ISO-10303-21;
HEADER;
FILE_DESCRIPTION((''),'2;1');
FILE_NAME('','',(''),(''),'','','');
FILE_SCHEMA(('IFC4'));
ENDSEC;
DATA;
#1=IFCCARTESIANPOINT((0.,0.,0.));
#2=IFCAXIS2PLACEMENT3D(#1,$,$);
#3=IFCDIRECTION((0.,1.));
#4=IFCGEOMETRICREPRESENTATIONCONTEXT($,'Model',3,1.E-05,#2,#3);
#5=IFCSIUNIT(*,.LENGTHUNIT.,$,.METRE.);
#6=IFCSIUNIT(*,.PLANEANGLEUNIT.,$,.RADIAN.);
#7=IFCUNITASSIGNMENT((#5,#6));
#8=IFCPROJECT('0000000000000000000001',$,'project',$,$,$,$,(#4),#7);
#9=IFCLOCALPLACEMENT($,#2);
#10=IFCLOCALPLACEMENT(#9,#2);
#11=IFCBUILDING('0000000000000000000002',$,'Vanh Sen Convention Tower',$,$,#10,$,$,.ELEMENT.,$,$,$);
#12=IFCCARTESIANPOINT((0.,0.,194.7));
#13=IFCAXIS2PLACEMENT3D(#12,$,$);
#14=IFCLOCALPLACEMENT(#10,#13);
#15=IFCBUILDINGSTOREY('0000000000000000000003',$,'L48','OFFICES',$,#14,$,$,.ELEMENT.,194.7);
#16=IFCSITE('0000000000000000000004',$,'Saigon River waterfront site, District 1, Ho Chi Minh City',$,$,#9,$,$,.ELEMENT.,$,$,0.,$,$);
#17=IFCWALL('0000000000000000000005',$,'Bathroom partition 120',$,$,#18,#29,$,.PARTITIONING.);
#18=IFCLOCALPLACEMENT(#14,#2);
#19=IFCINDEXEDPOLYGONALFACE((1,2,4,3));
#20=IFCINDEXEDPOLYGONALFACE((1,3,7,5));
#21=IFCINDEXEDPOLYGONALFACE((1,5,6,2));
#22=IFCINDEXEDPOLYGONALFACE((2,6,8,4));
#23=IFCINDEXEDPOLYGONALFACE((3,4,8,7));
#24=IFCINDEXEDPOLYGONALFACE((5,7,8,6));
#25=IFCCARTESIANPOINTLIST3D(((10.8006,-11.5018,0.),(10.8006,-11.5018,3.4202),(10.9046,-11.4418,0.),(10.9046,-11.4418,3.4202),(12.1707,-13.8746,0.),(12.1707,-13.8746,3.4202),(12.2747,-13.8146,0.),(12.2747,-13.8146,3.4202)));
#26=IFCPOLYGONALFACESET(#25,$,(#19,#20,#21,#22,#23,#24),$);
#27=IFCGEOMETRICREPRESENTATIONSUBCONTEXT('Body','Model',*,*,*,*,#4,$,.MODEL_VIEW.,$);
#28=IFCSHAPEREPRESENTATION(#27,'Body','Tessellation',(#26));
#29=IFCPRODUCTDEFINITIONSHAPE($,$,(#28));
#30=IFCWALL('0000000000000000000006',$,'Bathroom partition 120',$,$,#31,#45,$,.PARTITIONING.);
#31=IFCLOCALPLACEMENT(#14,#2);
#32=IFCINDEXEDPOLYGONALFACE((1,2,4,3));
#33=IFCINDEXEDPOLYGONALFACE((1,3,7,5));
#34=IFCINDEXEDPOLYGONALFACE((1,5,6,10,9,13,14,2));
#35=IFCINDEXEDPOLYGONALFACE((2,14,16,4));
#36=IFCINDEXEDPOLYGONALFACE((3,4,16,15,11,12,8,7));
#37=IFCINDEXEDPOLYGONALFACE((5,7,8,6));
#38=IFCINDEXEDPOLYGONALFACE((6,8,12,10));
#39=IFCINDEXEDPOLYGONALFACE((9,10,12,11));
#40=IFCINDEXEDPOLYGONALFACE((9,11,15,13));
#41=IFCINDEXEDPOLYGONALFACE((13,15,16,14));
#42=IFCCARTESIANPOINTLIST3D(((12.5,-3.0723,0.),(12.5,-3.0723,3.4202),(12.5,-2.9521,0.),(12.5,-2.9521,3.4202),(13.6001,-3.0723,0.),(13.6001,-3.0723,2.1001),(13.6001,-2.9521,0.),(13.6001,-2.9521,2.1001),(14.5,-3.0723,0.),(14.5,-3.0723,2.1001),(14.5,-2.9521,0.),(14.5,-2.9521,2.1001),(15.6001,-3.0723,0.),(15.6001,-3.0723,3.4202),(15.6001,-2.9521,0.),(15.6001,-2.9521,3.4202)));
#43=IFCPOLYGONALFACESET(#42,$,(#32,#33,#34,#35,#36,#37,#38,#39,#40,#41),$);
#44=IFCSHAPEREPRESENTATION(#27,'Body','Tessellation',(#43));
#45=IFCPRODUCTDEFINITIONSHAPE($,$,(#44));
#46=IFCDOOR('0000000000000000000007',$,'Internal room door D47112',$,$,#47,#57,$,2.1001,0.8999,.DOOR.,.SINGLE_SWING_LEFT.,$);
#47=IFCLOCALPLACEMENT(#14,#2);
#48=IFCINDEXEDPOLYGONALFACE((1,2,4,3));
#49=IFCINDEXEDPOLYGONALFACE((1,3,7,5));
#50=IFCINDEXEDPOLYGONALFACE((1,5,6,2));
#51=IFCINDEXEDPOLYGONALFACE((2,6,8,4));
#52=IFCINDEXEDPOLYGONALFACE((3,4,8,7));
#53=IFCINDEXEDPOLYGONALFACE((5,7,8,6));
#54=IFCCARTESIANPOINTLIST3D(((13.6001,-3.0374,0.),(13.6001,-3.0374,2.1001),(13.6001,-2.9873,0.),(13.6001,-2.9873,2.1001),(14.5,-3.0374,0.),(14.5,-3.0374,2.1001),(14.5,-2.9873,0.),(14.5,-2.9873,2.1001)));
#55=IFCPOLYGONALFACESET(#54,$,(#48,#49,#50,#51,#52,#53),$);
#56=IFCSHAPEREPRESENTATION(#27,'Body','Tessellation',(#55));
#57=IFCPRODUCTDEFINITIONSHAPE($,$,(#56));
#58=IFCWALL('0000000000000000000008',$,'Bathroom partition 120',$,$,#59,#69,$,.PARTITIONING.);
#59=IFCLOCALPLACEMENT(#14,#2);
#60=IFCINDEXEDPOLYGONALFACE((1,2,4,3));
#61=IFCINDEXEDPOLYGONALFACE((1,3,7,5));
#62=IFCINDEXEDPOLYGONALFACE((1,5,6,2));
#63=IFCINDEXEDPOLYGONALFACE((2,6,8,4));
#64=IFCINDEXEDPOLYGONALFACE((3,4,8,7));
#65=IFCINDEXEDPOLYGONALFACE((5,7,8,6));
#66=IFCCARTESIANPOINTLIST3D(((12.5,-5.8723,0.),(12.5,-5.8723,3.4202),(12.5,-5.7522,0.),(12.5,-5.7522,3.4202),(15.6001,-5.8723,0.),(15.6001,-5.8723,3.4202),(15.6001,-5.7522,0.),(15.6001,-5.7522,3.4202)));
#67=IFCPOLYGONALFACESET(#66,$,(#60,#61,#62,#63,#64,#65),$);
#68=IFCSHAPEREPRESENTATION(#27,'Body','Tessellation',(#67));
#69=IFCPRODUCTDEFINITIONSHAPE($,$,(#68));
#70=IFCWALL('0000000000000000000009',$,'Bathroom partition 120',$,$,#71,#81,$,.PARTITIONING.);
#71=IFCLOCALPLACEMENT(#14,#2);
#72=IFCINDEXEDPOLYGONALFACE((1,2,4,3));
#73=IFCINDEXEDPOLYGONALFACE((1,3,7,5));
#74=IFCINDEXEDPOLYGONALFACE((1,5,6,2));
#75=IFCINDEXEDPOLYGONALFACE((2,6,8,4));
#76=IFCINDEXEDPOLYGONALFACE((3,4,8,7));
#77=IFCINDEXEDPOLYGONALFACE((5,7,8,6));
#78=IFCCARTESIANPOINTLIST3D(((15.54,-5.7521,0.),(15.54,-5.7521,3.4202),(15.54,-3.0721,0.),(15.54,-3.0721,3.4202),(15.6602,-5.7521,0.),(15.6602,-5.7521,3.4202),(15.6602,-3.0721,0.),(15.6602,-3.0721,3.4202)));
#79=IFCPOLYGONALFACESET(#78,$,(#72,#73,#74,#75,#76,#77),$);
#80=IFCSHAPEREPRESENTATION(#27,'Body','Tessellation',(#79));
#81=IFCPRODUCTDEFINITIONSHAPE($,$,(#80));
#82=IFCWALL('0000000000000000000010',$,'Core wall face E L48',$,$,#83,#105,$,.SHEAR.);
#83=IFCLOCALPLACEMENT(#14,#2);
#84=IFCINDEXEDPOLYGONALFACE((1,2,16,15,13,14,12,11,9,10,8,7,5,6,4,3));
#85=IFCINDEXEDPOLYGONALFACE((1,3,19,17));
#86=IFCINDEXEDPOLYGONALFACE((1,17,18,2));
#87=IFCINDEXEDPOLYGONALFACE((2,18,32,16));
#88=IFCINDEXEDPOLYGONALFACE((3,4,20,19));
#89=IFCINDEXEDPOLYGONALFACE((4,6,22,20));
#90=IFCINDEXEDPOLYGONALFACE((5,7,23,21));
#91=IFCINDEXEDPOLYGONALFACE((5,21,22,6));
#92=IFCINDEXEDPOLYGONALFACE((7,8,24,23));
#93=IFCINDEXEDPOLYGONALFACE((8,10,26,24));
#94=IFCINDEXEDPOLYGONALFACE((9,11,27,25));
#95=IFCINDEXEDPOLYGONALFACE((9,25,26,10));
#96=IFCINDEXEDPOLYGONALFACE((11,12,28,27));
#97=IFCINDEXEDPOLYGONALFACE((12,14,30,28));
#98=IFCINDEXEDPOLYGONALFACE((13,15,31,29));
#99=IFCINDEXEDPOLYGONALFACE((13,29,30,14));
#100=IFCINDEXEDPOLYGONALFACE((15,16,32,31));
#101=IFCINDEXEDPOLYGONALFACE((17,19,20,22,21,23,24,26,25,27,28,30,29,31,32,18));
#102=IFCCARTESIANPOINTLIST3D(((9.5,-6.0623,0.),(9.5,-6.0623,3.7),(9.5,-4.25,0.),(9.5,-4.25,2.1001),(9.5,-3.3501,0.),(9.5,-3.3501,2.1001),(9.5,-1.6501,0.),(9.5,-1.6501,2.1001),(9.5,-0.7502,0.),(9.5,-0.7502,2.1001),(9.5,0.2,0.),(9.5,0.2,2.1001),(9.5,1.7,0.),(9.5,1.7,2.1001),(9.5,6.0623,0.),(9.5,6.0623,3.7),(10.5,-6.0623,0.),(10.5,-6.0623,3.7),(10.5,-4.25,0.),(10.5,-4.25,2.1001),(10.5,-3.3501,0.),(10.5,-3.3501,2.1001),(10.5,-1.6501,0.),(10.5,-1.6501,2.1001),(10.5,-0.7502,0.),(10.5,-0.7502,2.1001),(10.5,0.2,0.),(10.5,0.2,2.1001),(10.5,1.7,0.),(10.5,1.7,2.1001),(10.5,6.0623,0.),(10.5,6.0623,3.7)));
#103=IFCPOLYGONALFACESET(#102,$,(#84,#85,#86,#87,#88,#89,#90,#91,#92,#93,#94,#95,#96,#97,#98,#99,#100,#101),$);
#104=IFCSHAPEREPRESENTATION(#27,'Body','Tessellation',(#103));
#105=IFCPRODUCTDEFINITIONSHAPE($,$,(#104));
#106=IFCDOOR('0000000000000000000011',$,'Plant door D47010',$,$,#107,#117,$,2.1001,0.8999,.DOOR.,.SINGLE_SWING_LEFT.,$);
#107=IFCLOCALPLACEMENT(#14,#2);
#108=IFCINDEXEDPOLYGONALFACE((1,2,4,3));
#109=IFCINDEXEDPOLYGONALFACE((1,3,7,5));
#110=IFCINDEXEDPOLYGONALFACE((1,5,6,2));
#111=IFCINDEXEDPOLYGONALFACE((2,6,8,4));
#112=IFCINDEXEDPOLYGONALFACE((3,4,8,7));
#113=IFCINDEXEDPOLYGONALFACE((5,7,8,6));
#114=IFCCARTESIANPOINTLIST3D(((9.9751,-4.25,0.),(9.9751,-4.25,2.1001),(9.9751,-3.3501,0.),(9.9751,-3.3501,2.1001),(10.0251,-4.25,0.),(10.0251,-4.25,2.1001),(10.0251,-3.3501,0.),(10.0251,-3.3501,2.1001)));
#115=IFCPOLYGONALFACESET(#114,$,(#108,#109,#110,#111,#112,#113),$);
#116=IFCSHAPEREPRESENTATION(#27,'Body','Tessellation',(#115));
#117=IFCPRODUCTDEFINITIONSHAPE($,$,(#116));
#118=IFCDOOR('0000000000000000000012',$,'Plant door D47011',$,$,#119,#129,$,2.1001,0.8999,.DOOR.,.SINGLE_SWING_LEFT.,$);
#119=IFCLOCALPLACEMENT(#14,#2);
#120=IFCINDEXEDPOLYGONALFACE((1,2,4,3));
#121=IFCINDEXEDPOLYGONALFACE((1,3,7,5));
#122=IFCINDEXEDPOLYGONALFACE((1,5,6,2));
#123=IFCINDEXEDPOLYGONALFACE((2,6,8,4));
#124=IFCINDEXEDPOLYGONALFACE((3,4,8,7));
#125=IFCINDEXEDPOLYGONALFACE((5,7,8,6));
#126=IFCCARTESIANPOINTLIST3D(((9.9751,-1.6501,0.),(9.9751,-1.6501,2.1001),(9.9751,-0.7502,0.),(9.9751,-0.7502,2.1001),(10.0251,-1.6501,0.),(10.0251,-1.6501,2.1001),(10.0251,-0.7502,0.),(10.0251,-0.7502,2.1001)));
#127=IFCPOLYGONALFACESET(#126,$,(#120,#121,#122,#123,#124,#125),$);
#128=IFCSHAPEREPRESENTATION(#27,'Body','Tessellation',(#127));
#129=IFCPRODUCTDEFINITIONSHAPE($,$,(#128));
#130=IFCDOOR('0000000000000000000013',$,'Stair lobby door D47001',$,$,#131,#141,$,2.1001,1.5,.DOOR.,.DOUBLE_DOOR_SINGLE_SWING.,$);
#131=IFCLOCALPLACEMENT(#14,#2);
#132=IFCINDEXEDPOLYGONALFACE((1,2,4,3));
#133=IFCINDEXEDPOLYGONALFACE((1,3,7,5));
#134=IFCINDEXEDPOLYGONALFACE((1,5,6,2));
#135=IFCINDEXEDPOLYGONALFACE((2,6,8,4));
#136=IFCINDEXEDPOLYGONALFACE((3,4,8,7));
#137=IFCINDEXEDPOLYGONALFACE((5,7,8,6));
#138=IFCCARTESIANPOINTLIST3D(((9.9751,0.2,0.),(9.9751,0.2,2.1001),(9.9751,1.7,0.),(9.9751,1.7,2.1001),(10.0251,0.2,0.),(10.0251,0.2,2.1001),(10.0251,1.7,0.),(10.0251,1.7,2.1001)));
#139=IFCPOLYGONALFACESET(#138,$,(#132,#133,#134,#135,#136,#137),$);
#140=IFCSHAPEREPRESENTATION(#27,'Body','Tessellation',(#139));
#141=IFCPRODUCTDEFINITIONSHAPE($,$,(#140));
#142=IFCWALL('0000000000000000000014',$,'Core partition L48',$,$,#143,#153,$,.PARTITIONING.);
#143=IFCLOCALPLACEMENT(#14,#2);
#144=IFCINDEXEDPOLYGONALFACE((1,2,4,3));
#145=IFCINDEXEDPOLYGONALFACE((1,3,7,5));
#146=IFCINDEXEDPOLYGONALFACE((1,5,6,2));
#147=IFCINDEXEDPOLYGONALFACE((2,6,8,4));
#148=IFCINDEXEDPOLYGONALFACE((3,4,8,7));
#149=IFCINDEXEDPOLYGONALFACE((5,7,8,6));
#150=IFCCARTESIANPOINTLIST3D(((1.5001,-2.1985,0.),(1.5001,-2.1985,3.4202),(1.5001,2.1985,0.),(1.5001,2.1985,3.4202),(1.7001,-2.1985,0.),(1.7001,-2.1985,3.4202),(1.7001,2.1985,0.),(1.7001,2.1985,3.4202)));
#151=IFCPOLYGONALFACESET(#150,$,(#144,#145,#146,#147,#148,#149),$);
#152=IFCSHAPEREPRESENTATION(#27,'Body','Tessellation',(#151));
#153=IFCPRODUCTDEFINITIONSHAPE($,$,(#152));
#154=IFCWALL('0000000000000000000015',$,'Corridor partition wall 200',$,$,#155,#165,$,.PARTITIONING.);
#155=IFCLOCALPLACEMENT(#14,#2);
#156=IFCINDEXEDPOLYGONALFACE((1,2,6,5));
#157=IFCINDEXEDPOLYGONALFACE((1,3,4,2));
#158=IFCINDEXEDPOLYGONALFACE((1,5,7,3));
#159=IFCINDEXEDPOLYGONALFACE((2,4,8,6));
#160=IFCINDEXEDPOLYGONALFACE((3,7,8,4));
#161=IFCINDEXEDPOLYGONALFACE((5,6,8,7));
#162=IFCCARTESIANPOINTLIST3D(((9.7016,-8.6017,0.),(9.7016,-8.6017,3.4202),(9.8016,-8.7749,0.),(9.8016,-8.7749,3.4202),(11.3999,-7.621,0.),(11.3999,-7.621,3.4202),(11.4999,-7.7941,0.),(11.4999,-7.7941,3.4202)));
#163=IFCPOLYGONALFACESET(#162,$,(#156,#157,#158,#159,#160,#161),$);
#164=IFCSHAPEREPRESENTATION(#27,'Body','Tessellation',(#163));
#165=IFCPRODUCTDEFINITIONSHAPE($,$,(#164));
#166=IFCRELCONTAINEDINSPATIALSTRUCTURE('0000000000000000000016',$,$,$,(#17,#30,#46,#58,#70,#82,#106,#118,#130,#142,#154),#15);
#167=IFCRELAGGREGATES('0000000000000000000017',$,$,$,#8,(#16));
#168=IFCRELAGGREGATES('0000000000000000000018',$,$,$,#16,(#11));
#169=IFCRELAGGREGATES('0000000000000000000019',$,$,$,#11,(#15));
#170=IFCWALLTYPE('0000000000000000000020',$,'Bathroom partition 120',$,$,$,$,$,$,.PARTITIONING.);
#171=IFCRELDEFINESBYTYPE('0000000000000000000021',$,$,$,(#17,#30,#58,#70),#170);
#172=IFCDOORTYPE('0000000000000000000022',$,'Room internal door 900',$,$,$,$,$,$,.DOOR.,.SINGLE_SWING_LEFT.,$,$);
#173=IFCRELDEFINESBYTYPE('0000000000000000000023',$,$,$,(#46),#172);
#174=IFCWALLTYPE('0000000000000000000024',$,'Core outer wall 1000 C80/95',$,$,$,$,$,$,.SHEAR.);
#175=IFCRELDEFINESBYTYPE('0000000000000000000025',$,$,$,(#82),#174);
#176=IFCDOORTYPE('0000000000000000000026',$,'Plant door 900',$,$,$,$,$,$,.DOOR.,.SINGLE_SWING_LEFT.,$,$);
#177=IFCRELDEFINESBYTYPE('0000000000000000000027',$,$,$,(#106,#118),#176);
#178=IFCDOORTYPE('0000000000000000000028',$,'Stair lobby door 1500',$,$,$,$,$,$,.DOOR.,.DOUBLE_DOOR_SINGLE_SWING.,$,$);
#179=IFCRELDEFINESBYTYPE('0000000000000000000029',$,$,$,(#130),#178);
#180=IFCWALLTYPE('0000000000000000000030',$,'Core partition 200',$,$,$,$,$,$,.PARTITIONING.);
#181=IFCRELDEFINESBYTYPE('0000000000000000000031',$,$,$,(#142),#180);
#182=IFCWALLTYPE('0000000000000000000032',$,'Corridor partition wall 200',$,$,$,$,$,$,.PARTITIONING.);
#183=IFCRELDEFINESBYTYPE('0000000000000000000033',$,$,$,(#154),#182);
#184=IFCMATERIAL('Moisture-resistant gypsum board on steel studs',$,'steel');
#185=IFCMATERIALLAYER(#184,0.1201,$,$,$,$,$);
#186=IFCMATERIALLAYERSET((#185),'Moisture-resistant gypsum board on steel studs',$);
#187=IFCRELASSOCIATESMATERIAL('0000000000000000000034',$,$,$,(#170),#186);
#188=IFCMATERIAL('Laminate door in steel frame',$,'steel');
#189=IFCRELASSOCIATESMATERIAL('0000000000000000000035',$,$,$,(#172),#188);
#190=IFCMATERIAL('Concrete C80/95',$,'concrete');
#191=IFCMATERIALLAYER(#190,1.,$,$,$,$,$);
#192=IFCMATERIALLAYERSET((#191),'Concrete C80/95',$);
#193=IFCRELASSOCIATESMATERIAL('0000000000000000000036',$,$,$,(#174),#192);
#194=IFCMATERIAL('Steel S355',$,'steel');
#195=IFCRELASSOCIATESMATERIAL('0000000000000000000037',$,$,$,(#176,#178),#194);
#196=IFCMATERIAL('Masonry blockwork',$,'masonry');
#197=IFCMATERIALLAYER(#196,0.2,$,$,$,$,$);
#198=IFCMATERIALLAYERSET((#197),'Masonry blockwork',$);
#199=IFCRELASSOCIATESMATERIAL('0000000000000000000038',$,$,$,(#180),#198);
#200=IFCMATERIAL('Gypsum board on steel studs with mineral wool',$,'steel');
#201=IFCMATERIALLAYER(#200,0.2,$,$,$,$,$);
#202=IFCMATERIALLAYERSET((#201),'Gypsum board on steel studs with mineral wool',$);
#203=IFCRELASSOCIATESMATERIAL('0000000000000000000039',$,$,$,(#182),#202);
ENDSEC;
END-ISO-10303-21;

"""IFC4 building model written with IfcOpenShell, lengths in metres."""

from ifc_helpers import new_model, si_unit, direction, frame, frame_2d, origin, place, context, subcontext, project, spatial, rectangle, extrude, material, layer, layer_set, type_object, element, fill, save


model = new_model("IFC4")

# Units and contexts
model_context = context("Model", 3, precision=1e-05, world=origin(), true_north=direction((0.0, 1.0)))
body_context = subcontext(model_context, "Body", "Model", "MODEL_VIEW")
ifc_project = project(units=[si_unit("LENGTHUNIT", "METRE"), si_unit("PLANEANGLEUNIT", "RADIAN")], contexts=[model_context])

# Site, building, storey
site_placement = place(None, origin())
site = spatial("IfcSite", under=ifc_project, at=site_placement, Name="Saigon River waterfront site, District 1, Ho Chi Minh City", CompositionType="ELEMENT", RefElevation=0.0)
building_placement = place(site_placement, origin())
building = spatial("IfcBuilding", under=site, at=building_placement, Name="Vanh Sen Convention Tower", CompositionType="ELEMENT")
storey_placement = place(building_placement, frame((0.0, 0.0, 194.7)))
storey = spatial("IfcBuildingStorey", under=building, at=storey_placement, Name="L48", Description="OFFICES", CompositionType="ELEMENT", Elevation=194.7)

# Wall
ifc_material_1 = material(Name="Moisture-resistant gypsum board on steel studs", Category="steel")
ifc_layer_1 = layer(ifc_material_1, 0.1201)
ifc_layer_set_1 = layer_set([ifc_layer_1], Name="Moisture-resistant gypsum board on steel studs")
wall_type_1 = type_object("IfcWallType", Name="Bathroom partition 120", PredefinedType="PARTITIONING", material=ifc_layer_set_1)
wall_1_placement = place(storey_placement, frame((10.8525, -11.4717, 0.0), z_axis=(0.0, 0.0, 1.0), x_axis=(0.500049, -0.865997, 0.0)))
element("IfcWall", 1, at=wall_1_placement, inside=storey, type_object=wall_type_1, Name="Bathroom partition 120", PredefinedType="PARTITIONING", context=body_context, shape_type="SweptSolid", body=[
    extrude(rectangle(XDim=2.74, YDim=0.1201, at=frame_2d((1.3701, 0.0))), origin(), (0.0, 0.0, 1.0), 3.4202),
])

# Wall, opening, door
wall_2_placement = place(storey_placement, frame((12.5, -3.0122, 0.0), z_axis=(0.0, 0.0, 1.0), x_axis=(1.0, 0.0, 0.0)))
wall_2 = element("IfcWall", 2, at=wall_2_placement, inside=storey, type_object=wall_type_1, Name="Bathroom partition 120", PredefinedType="PARTITIONING", context=body_context, shape_type="SweptSolid", body=[
    extrude(rectangle(XDim=3.1001, YDim=0.1201, at=frame_2d((1.55, 0.0))), origin(), (0.0, 0.0, 1.0), 3.4202),
])
opening_1_placement = place(wall_2_placement, frame((1.1001, 0.0, 0.0)))
opening_1 = element("IfcOpeningElement", 3, at=opening_1_placement, cuts=wall_2, PredefinedType="OPENING", context=body_context, shape_type="SweptSolid", body=[
    extrude(rectangle(XDim=0.8999, YDim=2.1001, at=frame_2d((0.45, 1.05))), frame((0.0, 0.0701, 0.0), z_axis=(0.0, -1.0, 0.0), x_axis=(1.0, 0.0, 0.0)), (0.0, 0.0, 1.0), 0.1401),
])
ifc_material_2 = material(Name="Laminate door in steel frame", Category="steel")
door_type_1 = type_object("IfcDoorType", Name="Room internal door 900", OperationType="SINGLE_SWING_LEFT", PredefinedType="DOOR", material=ifc_material_2)
door_1_placement = place(opening_1_placement, origin())
door_1 = element("IfcDoor", 4, at=door_1_placement, inside=storey, type_object=door_type_1, Name="Internal room door D47112", OperationType="SINGLE_SWING_LEFT", OverallHeight=2.1001, OverallWidth=0.8999, PredefinedType="DOOR", context=body_context, shape_type="SweptSolid", body=[
    extrude(rectangle(XDim=0.8999, YDim=2.1001, at=frame_2d((0.45, 1.05))), frame((0.0, 0.0249, 0.0), z_axis=(0.0, -1.0, 0.0), x_axis=(1.0, 0.0, 0.0)), (0.0, 0.0, 1.0), 0.05),
])
fill(opening_1, door_1)

# Walls
wall_3_placement = place(storey_placement, frame((15.6001, -5.8123, 0.0), z_axis=(0.0, 0.0, 1.0), x_axis=(-1.0, 0.0, 0.0)))
element("IfcWall", 5, at=wall_3_placement, inside=storey, type_object=wall_type_1, Name="Bathroom partition 120", PredefinedType="PARTITIONING", context=body_context, shape_type="SweptSolid", body=[
    extrude(rectangle(XDim=3.1001, YDim=0.1201, at=frame_2d((1.55, 0.0))), origin(), (0.0, 0.0, 1.0), 3.4202),
])
wall_4_placement = place(storey_placement, frame((15.6001, -3.0723, 0.0), z_axis=(0.0, 0.0, 1.0), x_axis=(0.0, -1.0, 0.0)))
element("IfcWall", 6, at=wall_4_placement, inside=storey, type_object=wall_type_1, Name="Bathroom partition 120", PredefinedType="PARTITIONING", context=body_context, shape_type="SweptSolid", body=[
    extrude(rectangle(XDim=2.6799, YDim=0.1201, at=frame_2d((1.3398, 0.0))), origin(), (0.0, 0.0, 1.0), 3.4202),
])

# Wall, openings, doors
ifc_material_3 = material(Name="Concrete C80/95", Category="concrete")
ifc_layer_2 = layer(ifc_material_3, 1.0)
ifc_layer_set_2 = layer_set([ifc_layer_2], Name="Concrete C80/95")
wall_type_2 = type_object("IfcWallType", Name="Core outer wall 1000 C80/95", PredefinedType="SHEAR", material=ifc_layer_set_2)
wall_5_placement = place(storey_placement, frame((10.0, -6.0623, 0.0), z_axis=(0.0, 0.0, 1.0), x_axis=(0.0, 1.0, 0.0)))
wall_5 = element("IfcWall", 7, at=wall_5_placement, inside=storey, type_object=wall_type_2, Name="Core wall face E L48", PredefinedType="SHEAR", context=body_context, shape_type="SweptSolid", body=[
    extrude(rectangle(XDim=12.1245, YDim=1.0, at=frame_2d((6.0623, 0.0))), origin(), (0.0, 0.0, 1.0), 3.7),
])
opening_2_placement = place(wall_5_placement, frame((6.2622, 0.0, 0.0)))
opening_2 = element("IfcOpeningElement", 8, at=opening_2_placement, cuts=wall_5, PredefinedType="OPENING", context=body_context, shape_type="SweptSolid", body=[
    extrude(rectangle(XDim=1.5, YDim=2.1001, at=frame_2d((0.75, 1.05))), frame((0.0, 0.51, 0.0), z_axis=(0.0, -1.0, 0.0), x_axis=(1.0, 0.0, 0.0)), (0.0, 0.0, 1.0), 1.02),
])
opening_3_placement = place(wall_5_placement, frame((1.8123, 0.0, 0.0)))
opening_3 = element("IfcOpeningElement", 9, at=opening_3_placement, cuts=wall_5, PredefinedType="OPENING", context=body_context, shape_type="SweptSolid", body=[
    extrude(rectangle(XDim=0.8999, YDim=2.1001, at=frame_2d((0.45, 1.05))), frame((0.0, 0.51, 0.0), z_axis=(0.0, -1.0, 0.0), x_axis=(1.0, 0.0, 0.0)), (0.0, 0.0, 1.0), 1.02),
])
opening_4_placement = place(wall_5_placement, frame((4.4121, 0.0, 0.0)))
opening_4 = element("IfcOpeningElement", 10, at=opening_4_placement, cuts=wall_5, PredefinedType="OPENING", context=body_context, shape_type="SweptSolid", body=[
    extrude(rectangle(XDim=0.8999, YDim=2.1001, at=frame_2d((0.45, 1.05))), frame((0.0, 0.51, 0.0), z_axis=(0.0, -1.0, 0.0), x_axis=(1.0, 0.0, 0.0)), (0.0, 0.0, 1.0), 1.02),
])
ifc_material_4 = material(Name="Steel S355", Category="steel")
door_type_2 = type_object("IfcDoorType", Name="Plant door 900", OperationType="SINGLE_SWING_LEFT", PredefinedType="DOOR", material=ifc_material_4)
door_2_placement = place(opening_3_placement, origin())
door_2 = element("IfcDoor", 11, at=door_2_placement, inside=storey, type_object=door_type_2, Name="Plant door D47010", OperationType="SINGLE_SWING_LEFT", OverallHeight=2.1001, OverallWidth=0.8999, PredefinedType="DOOR", context=body_context, shape_type="SweptSolid", body=[
    extrude(rectangle(XDim=0.8999, YDim=2.1001, at=frame_2d((0.45, 1.05))), frame((0.0, 0.0249, 0.0), z_axis=(0.0, -1.0, 0.0), x_axis=(1.0, 0.0, 0.0)), (0.0, 0.0, 1.0), 0.05),
])
fill(opening_3, door_2)
door_3_placement = place(opening_4_placement, origin())
door_3 = element("IfcDoor", 12, at=door_3_placement, inside=storey, type_object=door_type_2, Name="Plant door D47011", OperationType="SINGLE_SWING_LEFT", OverallHeight=2.1001, OverallWidth=0.8999, PredefinedType="DOOR", context=body_context, shape_type="SweptSolid", body=[
    extrude(rectangle(XDim=0.8999, YDim=2.1001, at=frame_2d((0.45, 1.05))), frame((0.0, 0.0249, 0.0), z_axis=(0.0, -1.0, 0.0), x_axis=(1.0, 0.0, 0.0)), (0.0, 0.0, 1.0), 0.05),
])
fill(opening_4, door_3)
door_type_3 = type_object("IfcDoorType", Name="Stair lobby door 1500", OperationType="DOUBLE_DOOR_SINGLE_SWING", PredefinedType="DOOR", material=ifc_material_4)
door_4_placement = place(opening_2_placement, origin())
door_4 = element("IfcDoor", 13, at=door_4_placement, inside=storey, type_object=door_type_3, Name="Stair lobby door D47001", OperationType="DOUBLE_DOOR_SINGLE_SWING", OverallHeight=2.1001, OverallWidth=1.5, PredefinedType="DOOR", context=body_context, shape_type="SweptSolid", body=[
    extrude(rectangle(XDim=1.5, YDim=2.1001, at=frame_2d((0.75, 1.05))), frame((0.0, 0.0249, 0.0), z_axis=(0.0, -1.0, 0.0), x_axis=(1.0, 0.0, 0.0)), (0.0, 0.0, 1.0), 0.05),
])
fill(opening_2, door_4)

# Walls
ifc_material_5 = material(Name="Masonry blockwork", Category="masonry")
ifc_layer_3 = layer(ifc_material_5, 0.2)
ifc_layer_set_3 = layer_set([ifc_layer_3], Name="Masonry blockwork")
wall_type_3 = type_object("IfcWallType", Name="Core partition 200", PredefinedType="PARTITIONING", material=ifc_layer_set_3)
wall_6_placement = place(storey_placement, frame((1.6001, -2.1985, 0.0), z_axis=(0.0, 0.0, 1.0), x_axis=(0.0, 1.0, 0.0)))
element("IfcWall", 14, at=wall_6_placement, inside=storey, type_object=wall_type_3, Name="Core partition L48", PredefinedType="PARTITIONING", context=body_context, shape_type="SweptSolid", body=[
    extrude(rectangle(XDim=4.397, YDim=0.2, at=frame_2d((2.1985, 0.0))), origin(), (0.0, 0.0, 1.0), 3.4202),
])
ifc_material_6 = material(Name="Gypsum board on steel studs with mineral wool", Category="steel")
ifc_layer_4 = layer(ifc_material_6, 0.2)
ifc_layer_set_4 = layer_set([ifc_layer_4], Name="Gypsum board on steel studs with mineral wool")
wall_type_4 = type_object("IfcWallType", Name="Corridor partition wall 200", PredefinedType="PARTITIONING", material=ifc_layer_set_4)
wall_7_placement = place(storey_placement, frame((9.7517, -8.6882, 0.0), z_axis=(0.0, 0.0, 1.0), x_axis=(0.865974, 0.500089, 0.0)))
element("IfcWall", 15, at=wall_7_placement, inside=storey, type_object=wall_type_4, Name="Corridor partition wall 200", PredefinedType="PARTITIONING", context=body_context, shape_type="SweptSolid", body=[
    extrude(rectangle(XDim=1.9612, YDim=0.2, at=frame_2d((0.9805, 0.0))), origin(), (0.0, 0.0, 1.0), 3.4202),
])

save(model, "model.ifc")
